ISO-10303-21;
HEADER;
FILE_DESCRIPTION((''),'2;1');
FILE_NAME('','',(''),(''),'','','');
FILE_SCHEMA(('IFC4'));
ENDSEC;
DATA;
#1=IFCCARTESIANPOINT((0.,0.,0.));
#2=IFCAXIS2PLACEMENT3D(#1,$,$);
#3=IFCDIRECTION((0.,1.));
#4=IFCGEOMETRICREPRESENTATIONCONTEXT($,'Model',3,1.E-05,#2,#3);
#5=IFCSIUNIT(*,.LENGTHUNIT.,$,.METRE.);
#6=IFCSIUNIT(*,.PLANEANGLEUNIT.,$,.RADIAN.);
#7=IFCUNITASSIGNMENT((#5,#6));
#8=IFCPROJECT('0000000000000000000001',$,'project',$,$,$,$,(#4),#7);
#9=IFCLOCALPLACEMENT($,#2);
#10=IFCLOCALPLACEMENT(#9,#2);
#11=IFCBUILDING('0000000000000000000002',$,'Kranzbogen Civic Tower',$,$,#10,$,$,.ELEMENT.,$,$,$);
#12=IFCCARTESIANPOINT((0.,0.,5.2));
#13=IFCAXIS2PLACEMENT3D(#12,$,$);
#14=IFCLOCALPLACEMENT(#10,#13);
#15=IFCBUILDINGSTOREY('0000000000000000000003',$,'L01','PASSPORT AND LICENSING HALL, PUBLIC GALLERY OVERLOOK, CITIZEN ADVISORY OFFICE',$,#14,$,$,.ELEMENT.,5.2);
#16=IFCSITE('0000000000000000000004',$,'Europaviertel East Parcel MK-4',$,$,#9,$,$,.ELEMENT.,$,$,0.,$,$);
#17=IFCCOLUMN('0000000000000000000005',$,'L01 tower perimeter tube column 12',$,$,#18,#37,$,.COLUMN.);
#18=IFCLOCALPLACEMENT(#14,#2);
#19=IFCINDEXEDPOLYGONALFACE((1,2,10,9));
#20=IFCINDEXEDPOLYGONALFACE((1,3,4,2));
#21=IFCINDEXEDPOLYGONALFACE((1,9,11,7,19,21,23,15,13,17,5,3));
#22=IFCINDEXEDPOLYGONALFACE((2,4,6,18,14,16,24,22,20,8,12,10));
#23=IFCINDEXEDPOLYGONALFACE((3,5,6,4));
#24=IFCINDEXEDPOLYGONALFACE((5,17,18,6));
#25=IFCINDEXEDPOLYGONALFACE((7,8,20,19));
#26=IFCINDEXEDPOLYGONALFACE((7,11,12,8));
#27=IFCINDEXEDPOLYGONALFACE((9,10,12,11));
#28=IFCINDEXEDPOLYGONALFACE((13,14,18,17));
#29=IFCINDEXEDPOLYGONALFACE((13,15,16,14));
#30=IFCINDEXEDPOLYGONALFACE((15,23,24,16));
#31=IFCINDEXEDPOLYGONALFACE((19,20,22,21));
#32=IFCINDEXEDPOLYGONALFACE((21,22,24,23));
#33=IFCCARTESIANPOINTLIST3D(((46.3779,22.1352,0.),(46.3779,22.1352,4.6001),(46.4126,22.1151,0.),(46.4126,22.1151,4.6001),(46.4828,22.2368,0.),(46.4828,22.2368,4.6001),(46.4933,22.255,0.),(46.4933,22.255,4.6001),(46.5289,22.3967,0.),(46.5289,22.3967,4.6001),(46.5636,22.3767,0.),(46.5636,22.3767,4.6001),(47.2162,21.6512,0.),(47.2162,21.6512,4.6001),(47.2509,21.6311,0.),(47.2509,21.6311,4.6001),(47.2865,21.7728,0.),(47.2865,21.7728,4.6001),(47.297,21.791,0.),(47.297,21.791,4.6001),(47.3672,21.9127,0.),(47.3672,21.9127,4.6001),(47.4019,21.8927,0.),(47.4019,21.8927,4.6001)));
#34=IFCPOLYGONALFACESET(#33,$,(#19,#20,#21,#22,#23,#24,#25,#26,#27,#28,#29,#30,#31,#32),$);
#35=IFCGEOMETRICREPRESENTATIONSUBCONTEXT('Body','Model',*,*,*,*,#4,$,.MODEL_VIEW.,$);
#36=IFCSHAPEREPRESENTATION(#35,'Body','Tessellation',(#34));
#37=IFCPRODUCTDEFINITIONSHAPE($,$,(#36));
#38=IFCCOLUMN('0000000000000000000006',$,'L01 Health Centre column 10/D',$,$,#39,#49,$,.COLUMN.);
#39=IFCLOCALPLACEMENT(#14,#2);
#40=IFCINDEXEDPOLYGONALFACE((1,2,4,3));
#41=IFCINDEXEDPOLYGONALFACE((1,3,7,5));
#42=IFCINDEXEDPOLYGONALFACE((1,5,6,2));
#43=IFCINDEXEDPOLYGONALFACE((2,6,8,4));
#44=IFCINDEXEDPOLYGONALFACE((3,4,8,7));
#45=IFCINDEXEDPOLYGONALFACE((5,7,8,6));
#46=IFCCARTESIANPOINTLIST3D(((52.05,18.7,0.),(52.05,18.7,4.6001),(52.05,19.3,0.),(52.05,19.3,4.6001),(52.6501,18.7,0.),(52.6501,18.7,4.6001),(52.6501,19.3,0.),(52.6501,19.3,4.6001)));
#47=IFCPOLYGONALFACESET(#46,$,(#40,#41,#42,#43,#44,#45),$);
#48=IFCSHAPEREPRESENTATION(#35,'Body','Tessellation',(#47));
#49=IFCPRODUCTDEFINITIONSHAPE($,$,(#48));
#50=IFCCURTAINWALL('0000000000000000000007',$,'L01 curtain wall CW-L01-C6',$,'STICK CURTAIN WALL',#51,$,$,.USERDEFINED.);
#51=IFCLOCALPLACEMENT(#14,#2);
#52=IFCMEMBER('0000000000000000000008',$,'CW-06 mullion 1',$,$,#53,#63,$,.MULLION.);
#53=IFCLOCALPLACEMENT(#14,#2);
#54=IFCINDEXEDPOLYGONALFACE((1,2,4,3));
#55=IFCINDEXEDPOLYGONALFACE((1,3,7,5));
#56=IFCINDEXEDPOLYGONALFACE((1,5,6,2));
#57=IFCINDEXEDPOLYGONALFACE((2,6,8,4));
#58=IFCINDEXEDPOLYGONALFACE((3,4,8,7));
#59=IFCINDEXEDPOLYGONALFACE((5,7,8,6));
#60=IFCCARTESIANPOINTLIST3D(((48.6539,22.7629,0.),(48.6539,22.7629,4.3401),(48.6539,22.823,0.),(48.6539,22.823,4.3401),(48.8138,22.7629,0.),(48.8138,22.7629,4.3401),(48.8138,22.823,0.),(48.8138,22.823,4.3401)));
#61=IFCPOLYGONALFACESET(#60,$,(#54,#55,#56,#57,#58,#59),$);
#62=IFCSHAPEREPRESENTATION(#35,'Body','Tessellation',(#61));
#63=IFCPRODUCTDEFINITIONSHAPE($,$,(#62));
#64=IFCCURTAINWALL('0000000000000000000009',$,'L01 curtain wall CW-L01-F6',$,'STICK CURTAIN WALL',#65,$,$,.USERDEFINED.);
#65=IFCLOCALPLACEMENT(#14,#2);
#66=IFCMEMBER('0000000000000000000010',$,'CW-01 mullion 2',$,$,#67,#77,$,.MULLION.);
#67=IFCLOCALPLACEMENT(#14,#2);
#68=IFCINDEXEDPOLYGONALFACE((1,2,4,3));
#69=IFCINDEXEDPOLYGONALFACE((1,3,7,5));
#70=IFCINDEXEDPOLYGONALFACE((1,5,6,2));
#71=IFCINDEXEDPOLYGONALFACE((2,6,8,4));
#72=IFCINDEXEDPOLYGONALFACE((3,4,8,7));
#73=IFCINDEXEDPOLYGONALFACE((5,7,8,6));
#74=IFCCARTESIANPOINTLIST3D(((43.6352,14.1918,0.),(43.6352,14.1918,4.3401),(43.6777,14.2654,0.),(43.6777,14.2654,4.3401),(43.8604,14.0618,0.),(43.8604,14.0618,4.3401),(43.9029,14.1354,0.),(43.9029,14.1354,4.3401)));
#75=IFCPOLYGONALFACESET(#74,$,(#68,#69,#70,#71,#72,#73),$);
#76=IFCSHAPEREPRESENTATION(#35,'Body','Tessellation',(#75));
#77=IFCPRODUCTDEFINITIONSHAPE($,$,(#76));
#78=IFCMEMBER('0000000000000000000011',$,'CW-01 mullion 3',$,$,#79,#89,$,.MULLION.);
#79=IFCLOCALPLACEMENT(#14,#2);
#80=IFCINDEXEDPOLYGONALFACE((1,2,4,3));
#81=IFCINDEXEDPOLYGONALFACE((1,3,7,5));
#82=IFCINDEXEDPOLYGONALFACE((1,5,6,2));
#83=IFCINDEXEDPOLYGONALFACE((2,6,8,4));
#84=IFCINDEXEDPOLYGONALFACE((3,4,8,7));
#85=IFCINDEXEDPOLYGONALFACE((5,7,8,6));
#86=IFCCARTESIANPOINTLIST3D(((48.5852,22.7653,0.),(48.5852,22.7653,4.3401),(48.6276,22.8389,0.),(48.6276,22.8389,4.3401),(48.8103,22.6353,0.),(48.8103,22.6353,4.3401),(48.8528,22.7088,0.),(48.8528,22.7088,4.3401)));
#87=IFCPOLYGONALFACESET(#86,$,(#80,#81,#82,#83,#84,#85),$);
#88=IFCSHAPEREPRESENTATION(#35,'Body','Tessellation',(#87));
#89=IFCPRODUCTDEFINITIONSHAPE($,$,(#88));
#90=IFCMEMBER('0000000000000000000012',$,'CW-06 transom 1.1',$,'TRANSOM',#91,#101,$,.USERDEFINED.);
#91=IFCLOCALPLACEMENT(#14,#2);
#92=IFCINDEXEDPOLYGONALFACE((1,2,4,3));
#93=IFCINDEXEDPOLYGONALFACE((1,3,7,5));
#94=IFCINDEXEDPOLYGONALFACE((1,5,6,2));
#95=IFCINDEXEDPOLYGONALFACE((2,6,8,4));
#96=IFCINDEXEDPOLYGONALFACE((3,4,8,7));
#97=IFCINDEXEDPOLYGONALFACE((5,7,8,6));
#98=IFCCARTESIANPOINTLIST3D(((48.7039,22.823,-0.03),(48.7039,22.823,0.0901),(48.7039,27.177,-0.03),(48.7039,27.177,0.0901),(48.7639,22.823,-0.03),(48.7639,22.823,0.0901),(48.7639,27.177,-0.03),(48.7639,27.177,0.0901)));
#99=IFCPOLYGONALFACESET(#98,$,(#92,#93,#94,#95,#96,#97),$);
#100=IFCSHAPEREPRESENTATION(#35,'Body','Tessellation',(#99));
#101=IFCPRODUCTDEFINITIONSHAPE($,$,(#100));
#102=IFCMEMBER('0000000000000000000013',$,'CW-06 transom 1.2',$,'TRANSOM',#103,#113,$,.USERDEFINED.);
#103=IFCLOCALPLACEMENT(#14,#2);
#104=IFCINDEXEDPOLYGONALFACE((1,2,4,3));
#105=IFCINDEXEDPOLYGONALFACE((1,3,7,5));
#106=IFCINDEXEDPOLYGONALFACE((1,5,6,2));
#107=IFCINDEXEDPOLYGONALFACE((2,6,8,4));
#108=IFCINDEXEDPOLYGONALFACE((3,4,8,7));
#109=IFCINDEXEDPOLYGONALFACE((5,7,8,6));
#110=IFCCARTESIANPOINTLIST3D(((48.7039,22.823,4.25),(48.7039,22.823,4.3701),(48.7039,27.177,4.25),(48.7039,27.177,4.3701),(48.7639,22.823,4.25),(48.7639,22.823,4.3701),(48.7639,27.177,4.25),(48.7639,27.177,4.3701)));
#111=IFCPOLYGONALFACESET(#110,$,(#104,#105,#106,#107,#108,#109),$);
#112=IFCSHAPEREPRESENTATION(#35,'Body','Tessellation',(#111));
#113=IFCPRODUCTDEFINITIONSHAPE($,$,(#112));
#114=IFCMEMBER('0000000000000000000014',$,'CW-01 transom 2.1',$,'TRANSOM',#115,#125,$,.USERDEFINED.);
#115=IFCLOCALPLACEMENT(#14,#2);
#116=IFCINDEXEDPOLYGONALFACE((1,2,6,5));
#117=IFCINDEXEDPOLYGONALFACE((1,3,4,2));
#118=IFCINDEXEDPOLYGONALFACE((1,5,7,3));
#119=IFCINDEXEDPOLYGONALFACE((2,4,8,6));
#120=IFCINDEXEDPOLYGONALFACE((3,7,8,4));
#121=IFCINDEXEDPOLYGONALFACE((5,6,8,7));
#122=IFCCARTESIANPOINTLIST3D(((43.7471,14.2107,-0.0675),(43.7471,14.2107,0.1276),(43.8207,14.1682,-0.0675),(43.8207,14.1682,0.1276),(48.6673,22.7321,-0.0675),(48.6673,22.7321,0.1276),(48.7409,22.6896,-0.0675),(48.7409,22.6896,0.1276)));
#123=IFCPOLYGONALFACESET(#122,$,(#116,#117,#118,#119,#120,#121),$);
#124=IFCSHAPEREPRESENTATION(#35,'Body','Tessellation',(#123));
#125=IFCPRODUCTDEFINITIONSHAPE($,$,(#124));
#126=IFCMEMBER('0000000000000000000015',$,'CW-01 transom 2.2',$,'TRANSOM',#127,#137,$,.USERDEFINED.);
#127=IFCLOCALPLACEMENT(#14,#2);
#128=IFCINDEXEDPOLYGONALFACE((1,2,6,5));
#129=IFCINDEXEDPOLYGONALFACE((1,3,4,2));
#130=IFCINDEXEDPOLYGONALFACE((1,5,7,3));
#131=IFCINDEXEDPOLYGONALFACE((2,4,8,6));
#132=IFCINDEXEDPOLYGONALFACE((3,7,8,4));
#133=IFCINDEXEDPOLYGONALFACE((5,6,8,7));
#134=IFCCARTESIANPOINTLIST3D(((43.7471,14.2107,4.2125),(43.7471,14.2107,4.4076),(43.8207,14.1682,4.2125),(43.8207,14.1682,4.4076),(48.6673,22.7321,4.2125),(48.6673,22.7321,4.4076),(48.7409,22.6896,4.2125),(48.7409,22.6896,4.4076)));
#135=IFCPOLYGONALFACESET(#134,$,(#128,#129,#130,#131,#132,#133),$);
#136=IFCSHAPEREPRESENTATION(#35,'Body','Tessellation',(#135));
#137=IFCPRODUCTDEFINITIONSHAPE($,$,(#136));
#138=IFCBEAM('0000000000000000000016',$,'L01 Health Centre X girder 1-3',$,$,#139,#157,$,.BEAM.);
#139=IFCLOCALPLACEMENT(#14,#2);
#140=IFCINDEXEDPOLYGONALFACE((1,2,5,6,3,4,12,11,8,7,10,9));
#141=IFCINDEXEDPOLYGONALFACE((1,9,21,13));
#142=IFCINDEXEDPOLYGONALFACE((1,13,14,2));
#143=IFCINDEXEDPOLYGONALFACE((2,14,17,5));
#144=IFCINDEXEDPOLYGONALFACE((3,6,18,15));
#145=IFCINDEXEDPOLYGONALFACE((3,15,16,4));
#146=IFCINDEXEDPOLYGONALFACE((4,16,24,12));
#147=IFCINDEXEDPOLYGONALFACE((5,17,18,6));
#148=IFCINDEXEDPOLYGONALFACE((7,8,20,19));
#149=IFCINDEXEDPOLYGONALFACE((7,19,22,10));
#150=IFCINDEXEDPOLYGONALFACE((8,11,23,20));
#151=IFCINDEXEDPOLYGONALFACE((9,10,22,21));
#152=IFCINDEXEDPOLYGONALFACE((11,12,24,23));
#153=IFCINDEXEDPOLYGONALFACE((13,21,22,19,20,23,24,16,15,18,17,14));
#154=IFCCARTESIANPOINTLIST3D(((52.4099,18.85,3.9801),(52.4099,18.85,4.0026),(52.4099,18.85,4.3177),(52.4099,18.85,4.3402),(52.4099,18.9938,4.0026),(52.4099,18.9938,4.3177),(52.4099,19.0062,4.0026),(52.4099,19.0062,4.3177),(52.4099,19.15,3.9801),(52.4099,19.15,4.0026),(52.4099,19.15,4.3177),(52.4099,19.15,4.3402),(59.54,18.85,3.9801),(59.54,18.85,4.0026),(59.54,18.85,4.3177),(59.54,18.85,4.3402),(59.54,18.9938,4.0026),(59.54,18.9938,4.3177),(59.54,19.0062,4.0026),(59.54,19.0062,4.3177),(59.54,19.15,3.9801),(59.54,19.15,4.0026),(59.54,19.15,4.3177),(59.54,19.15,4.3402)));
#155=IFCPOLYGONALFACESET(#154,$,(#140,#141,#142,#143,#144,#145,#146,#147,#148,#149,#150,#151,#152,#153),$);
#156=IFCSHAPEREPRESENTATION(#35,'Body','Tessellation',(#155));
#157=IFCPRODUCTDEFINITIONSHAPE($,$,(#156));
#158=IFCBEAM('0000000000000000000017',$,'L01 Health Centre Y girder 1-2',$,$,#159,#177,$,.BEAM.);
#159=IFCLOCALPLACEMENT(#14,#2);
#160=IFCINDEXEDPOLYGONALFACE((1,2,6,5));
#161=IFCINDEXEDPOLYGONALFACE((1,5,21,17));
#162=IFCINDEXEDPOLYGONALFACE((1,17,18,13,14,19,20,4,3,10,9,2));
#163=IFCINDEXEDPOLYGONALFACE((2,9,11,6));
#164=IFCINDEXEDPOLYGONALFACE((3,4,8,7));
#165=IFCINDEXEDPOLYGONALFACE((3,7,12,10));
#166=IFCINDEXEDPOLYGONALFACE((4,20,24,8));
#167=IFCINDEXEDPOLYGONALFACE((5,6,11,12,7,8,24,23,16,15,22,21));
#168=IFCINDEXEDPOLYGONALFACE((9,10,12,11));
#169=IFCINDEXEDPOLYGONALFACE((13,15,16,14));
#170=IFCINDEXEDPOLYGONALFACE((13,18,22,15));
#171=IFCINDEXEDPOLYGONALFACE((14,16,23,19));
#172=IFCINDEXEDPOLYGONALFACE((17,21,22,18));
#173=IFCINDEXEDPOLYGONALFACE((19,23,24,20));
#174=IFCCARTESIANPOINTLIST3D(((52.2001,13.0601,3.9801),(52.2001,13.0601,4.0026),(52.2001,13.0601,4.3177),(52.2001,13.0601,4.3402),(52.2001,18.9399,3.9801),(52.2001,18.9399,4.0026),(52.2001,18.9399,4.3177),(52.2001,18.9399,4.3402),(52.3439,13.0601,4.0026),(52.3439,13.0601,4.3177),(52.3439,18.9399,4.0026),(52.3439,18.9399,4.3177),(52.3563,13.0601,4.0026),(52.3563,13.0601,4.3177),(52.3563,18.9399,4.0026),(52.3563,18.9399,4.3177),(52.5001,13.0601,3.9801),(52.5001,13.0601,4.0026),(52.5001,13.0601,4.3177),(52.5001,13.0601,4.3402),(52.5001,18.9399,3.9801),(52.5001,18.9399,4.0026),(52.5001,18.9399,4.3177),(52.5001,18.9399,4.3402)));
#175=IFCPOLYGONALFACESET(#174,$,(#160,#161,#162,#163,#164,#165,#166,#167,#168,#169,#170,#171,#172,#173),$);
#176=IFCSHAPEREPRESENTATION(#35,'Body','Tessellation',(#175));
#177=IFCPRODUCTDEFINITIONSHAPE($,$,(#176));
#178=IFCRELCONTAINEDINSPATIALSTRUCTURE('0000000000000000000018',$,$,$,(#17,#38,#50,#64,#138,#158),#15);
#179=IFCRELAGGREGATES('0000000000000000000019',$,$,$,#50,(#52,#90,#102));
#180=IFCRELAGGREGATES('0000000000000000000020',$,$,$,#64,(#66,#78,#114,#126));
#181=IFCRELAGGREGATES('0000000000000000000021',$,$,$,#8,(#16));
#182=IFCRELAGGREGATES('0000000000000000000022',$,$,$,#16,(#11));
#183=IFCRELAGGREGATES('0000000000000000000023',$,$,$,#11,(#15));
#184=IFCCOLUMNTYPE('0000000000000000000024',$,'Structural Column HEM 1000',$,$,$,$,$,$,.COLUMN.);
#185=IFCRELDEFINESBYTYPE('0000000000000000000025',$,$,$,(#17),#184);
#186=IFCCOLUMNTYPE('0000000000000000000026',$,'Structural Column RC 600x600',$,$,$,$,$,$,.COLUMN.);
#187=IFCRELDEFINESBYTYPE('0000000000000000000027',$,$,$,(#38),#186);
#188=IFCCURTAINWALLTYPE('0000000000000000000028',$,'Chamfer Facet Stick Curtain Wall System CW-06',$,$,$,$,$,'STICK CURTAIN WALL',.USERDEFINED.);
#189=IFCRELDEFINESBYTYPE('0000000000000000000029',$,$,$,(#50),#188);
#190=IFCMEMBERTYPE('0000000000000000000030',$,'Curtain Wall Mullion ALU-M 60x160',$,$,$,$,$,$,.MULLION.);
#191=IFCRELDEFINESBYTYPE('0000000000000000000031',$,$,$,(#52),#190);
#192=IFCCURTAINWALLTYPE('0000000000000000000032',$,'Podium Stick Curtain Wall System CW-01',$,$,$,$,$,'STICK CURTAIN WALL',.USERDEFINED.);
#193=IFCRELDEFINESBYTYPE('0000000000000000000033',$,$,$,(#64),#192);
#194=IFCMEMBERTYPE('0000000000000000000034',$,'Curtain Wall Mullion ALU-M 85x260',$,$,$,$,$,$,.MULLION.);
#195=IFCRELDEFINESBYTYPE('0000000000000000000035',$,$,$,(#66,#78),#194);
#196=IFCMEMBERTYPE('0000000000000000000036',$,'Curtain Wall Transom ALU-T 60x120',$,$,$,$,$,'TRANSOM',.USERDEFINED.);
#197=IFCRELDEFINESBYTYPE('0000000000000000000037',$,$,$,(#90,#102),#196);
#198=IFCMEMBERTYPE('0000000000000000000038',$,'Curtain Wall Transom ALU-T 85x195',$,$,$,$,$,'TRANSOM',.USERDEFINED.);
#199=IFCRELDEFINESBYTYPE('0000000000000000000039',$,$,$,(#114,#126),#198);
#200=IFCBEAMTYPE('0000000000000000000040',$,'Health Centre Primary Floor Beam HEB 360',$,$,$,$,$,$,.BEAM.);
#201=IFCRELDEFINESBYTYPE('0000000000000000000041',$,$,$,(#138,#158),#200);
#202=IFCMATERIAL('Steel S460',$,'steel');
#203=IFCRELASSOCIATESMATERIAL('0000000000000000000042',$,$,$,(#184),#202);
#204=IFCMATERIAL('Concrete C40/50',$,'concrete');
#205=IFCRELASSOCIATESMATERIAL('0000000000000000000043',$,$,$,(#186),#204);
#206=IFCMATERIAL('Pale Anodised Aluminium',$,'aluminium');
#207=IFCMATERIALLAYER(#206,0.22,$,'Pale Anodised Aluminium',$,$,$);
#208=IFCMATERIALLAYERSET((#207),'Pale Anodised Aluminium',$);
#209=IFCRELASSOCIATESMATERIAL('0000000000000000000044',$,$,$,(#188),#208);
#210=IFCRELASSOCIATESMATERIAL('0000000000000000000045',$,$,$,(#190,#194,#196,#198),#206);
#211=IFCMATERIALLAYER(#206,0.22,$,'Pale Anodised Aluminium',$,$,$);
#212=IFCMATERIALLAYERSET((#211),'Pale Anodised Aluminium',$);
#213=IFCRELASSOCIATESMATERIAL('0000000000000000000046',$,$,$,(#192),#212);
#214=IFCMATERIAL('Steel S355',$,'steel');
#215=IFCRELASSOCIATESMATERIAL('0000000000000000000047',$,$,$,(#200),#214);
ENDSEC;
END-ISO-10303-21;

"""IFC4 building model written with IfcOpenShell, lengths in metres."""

from ifc_helpers import new_model, si_unit, direction, frame, origin, origin_2d, place, context, subcontext, project, spatial, rectangle, i_section, extrude, material, layer, layer_set, material_profile, profile_set, type_object, element, aggregate, save


model = new_model("IFC4")

# Units and contexts
model_context = context("Model", 3, precision=1e-05, world=origin(), true_north=direction((0.0, 1.0)))
body_context = subcontext(model_context, "Body", "Model", "MODEL_VIEW")
ifc_project = project(units=[si_unit("LENGTHUNIT", "METRE"), si_unit("PLANEANGLEUNIT", "RADIAN")], contexts=[model_context])

# Site, building, storey
site_placement = place(None, origin())
site = spatial("IfcSite", under=ifc_project, at=site_placement, Name="Europaviertel East Parcel MK-4", CompositionType="ELEMENT", RefElevation=0.0)
building_placement = place(site_placement, origin())
building = spatial("IfcBuilding", under=site, at=building_placement, Name="Kranzbogen Civic Tower", CompositionType="ELEMENT")
storey_placement = place(building_placement, frame((0.0, 0.0, 5.2)))
storey = spatial("IfcBuildingStorey", under=building, at=storey_placement, Name="L01", Description="PASSPORT AND LICENSING HALL, PUBLIC GALLERY OVERLOOK, CITIZEN ADVISORY OFFICE", CompositionType="ELEMENT", Elevation=5.2)

# Columns
ifc_material_1 = material(Name="Steel S460", Category="steel")
ifc_material_profile_1 = material_profile(ifc_material_1, i_section(OverallWidth=0.302, OverallDepth=1.0081, WebThickness=0.021, FlangeThickness=0.04, at=origin_2d()), Name="HEM 1000")
ifc_profile_set_1 = profile_set([ifc_material_profile_1], Name="Steel S460")
column_type_1 = type_object("IfcColumnType", Name="Structural Column HEM 1000", PredefinedType="COLUMN", material=ifc_profile_set_1)
column_1_placement = place(storey_placement, frame((46.8899, 22.0139, 0.0), z_axis=(0.0, 0.0, 1.0), x_axis=(0.5, 0.866025, 0.0)))
element("IfcColumn", 1, at=column_1_placement, inside=storey, type_object=column_type_1, Name="L01 tower perimeter tube column 12", PredefinedType="COLUMN", context=body_context, shape_type="SweptSolid", body=[
    extrude(i_section(OverallWidth=0.302, OverallDepth=1.0081, WebThickness=0.021, FlangeThickness=0.04, at=origin_2d()), origin(), (0.0, 0.0, 1.0), 4.6001),
])
ifc_material_2 = material(Name="Concrete C40/50", Category="concrete")
ifc_material_profile_2 = material_profile(ifc_material_2, rectangle(XDim=0.6001, YDim=0.6001, at=origin_2d()), Name="RC 600x600")
ifc_profile_set_2 = profile_set([ifc_material_profile_2], Name="Concrete C40/50")
column_type_2 = type_object("IfcColumnType", Name="Structural Column RC 600x600", PredefinedType="COLUMN", material=ifc_profile_set_2)
column_2_placement = place(storey_placement, frame((52.3501, 19.0, 0.0), z_axis=(0.0, 0.0, 1.0), x_axis=(1.0, 0.0, 0.0)))
element("IfcColumn", 2, at=column_2_placement, inside=storey, type_object=column_type_2, Name="L01 Health Centre column 10/D", PredefinedType="COLUMN", context=body_context, shape_type="SweptSolid", body=[
    extrude(rectangle(XDim=0.6001, YDim=0.6001, at=origin_2d()), origin(), (0.0, 0.0, 1.0), 4.6001),
])

# Curtain wall, member
ifc_material_3 = material(Name="Pale Anodised Aluminium", Category="aluminium")
ifc_layer_1 = layer(ifc_material_3, 0.22, Name="Pale Anodised Aluminium")
ifc_layer_set_1 = layer_set([ifc_layer_1], Name="Pale Anodised Aluminium")
curtain_wall_type_1 = type_object("IfcCurtainWallType", Name="Chamfer Facet Stick Curtain Wall System CW-06", ElementType="STICK CURTAIN WALL", PredefinedType="USERDEFINED", material=ifc_layer_set_1)
curtain_wall_1_placement = place(storey_placement, origin())
curtain_wall_1 = element("IfcCurtainWall", 3, at=curtain_wall_1_placement, inside=storey, type_object=curtain_wall_type_1, Name="L01 curtain wall CW-L01-C6", ObjectType="STICK CURTAIN WALL", PredefinedType="USERDEFINED")
ifc_material_profile_3 = material_profile(ifc_material_3, rectangle(XDim=0.0601, YDim=0.1599, at=origin_2d()), Name="ALU-M 60x160")
ifc_profile_set_3 = profile_set([ifc_material_profile_3], Name="Pale Anodised Aluminium")
member_type_1 = type_object("IfcMemberType", Name="Curtain Wall Mullion ALU-M 60x160", PredefinedType="MULLION", material=ifc_profile_set_3)
member_1_placement = place(storey_placement, frame((48.7339, 22.793, 0.0), z_axis=(0.0, 0.0, 1.0), x_axis=(0.0, 1.0, 0.0)))
member_1 = element("IfcMember", 4, at=member_1_placement, type_object=member_type_1, Name="CW-06 mullion 1", PredefinedType="MULLION", context=body_context, shape_type="SweptSolid", body=[
    extrude(rectangle(XDim=0.0601, YDim=0.1599, at=origin_2d()), origin(), (0.0, 0.0, 1.0), 4.3401),
])

# Curtain wall, members
ifc_layer_2 = layer(ifc_material_3, 0.22, Name="Pale Anodised Aluminium")
ifc_layer_set_2 = layer_set([ifc_layer_2], Name="Pale Anodised Aluminium")
curtain_wall_type_2 = type_object("IfcCurtainWallType", Name="Podium Stick Curtain Wall System CW-01", ElementType="STICK CURTAIN WALL", PredefinedType="USERDEFINED", material=ifc_layer_set_2)
curtain_wall_2_placement = place(storey_placement, origin())
curtain_wall_2 = element("IfcCurtainWall", 5, at=curtain_wall_2_placement, inside=storey, type_object=curtain_wall_type_2, Name="L01 curtain wall CW-L01-F6", ObjectType="STICK CURTAIN WALL", PredefinedType="USERDEFINED")
ifc_material_profile_4 = material_profile(ifc_material_3, rectangle(XDim=0.085, YDim=0.26, at=origin_2d()), Name="ALU-M 85x260")
ifc_profile_set_4 = profile_set([ifc_material_profile_4], Name="Pale Anodised Aluminium")
member_type_2 = type_object("IfcMemberType", Name="Curtain Wall Mullion ALU-M 85x260", PredefinedType="MULLION", material=ifc_profile_set_4)
member_2_placement = place(storey_placement, frame((43.769, 14.1636, 0.0), z_axis=(0.0, 0.0, 1.0), x_axis=(0.500006, 0.866022, 0.0)))
member_2 = element("IfcMember", 6, at=member_2_placement, type_object=member_type_2, Name="CW-01 mullion 2", PredefinedType="MULLION", context=body_context, shape_type="SweptSolid", body=[
    extrude(rectangle(XDim=0.085, YDim=0.26, at=origin_2d()), origin(), (0.0, 0.0, 1.0), 4.3401),
])
member_3_placement = place(storey_placement, frame((48.719, 22.7371, 0.0), z_axis=(0.0, 0.0, 1.0), x_axis=(0.500006, 0.866022, 0.0)))
member_3 = element("IfcMember", 7, at=member_3_placement, type_object=member_type_2, Name="CW-01 mullion 3", PredefinedType="MULLION", context=body_context, shape_type="SweptSolid", body=[
    extrude(rectangle(XDim=0.085, YDim=0.26, at=origin_2d()), origin(), (0.0, 0.0, 1.0), 4.3401),
])

# Members
ifc_material_profile_5 = material_profile(ifc_material_3, rectangle(XDim=0.0601, YDim=0.1201, at=origin_2d()), Name="ALU-T 60x120")
ifc_profile_set_5 = profile_set([ifc_material_profile_5], Name="Pale Anodised Aluminium")
member_type_3 = type_object("IfcMemberType", Name="Curtain Wall Transom ALU-T 60x120", ElementType="TRANSOM", PredefinedType="USERDEFINED", material=ifc_profile_set_5)
member_4_placement = place(storey_placement, frame((48.7339, 22.823, 0.03), z_axis=(0.0, 1.0, 0.0), x_axis=(-1.0, 0.0, 0.0)))
member_4 = element("IfcMember", 8, at=member_4_placement, type_object=member_type_3, Name="CW-06 transom 1.1", ObjectType="TRANSOM", PredefinedType="USERDEFINED", context=body_context, shape_type="SweptSolid", body=[
    extrude(rectangle(XDim=0.0601, YDim=0.1201, at=origin_2d()), origin(), (0.0, 0.0, 1.0), 4.354),
])
member_5_placement = place(storey_placement, frame((48.7339, 22.823, 4.3101), z_axis=(0.0, 1.0, 0.0), x_axis=(-1.0, 0.0, 0.0)))
member_5 = element("IfcMember", 9, at=member_5_placement, type_object=member_type_3, Name="CW-06 transom 1.2", ObjectType="TRANSOM", PredefinedType="USERDEFINED", context=body_context, shape_type="SweptSolid", body=[
    extrude(rectangle(XDim=0.0601, YDim=0.1201, at=origin_2d()), origin(), (0.0, 0.0, 1.0), 4.354),
])
aggregate(curtain_wall_1, [member_1, member_4, member_5])
ifc_material_profile_6 = material_profile(ifc_material_3, rectangle(XDim=0.085, YDim=0.1951, at=origin_2d()), Name="ALU-T 85x195")
ifc_profile_set_6 = profile_set([ifc_material_profile_6], Name="Pale Anodised Aluminium")
member_type_4 = type_object("IfcMemberType", Name="Curtain Wall Transom ALU-T 85x195", ElementType="TRANSOM", PredefinedType="USERDEFINED", material=ifc_profile_set_6)
member_6_placement = place(storey_placement, frame((43.7839, 14.1895, 0.03), z_axis=(0.500022, 0.866013, 0.0), x_axis=(-0.866013, 0.500022, 0.0)))
member_6 = element("IfcMember", 10, at=member_6_placement, type_object=member_type_4, Name="CW-01 transom 2.1", ObjectType="TRANSOM", PredefinedType="USERDEFINED", context=body_context, shape_type="SweptSolid", body=[
    extrude(rectangle(XDim=0.085, YDim=0.1951, at=origin_2d()), origin(), (0.0, 0.0, 1.0), 9.8398),
])
member_7_placement = place(storey_placement, frame((43.7839, 14.1895, 4.3101), z_axis=(0.500022, 0.866013, 0.0), x_axis=(-0.866013, 0.500022, 0.0)))
member_7 = element("IfcMember", 11, at=member_7_placement, type_object=member_type_4, Name="CW-01 transom 2.2", ObjectType="TRANSOM", PredefinedType="USERDEFINED", context=body_context, shape_type="SweptSolid", body=[
    extrude(rectangle(XDim=0.085, YDim=0.1951, at=origin_2d()), origin(), (0.0, 0.0, 1.0), 9.8398),
])

# Beams
ifc_material_4 = material(Name="Steel S355", Category="steel")
ifc_material_profile_7 = material_profile(ifc_material_4, i_section(OverallWidth=0.3, OverallDepth=0.3601, WebThickness=0.0125, FlangeThickness=0.0225, at=origin_2d()), Name="HEB 360")
ifc_profile_set_7 = profile_set([ifc_material_profile_7], Name="Steel S355")
beam_type_1 = type_object("IfcBeamType", Name="Health Centre Primary Floor Beam HEB 360", PredefinedType="BEAM", material=ifc_profile_set_7)
beam_1_placement = place(storey_placement, frame((52.4099, 19.0, 4.1602), z_axis=(1.0, 0.0, 0.0), x_axis=(0.0, 1.0, 0.0)))
element("IfcBeam", 12, at=beam_1_placement, inside=storey, type_object=beam_type_1, Name="L01 Health Centre X girder 1-3", PredefinedType="BEAM", context=body_context, shape_type="SweptSolid", body=[
    extrude(i_section(OverallWidth=0.3, OverallDepth=0.3601, WebThickness=0.0125, FlangeThickness=0.0225, at=origin_2d()), origin(), (0.0, 0.0, 1.0), 7.1301),
])
for number, where, z_axis, x_axis, name in (
    (13, (52.3501, 13.0601, 4.1602), (0.0, 1.0, 0.0), (-1.0, 0.0, 0.0), "L01 Health Centre Y girder 1-2"),
):
    element("IfcBeam", number, at=place(storey_placement, frame(where, z_axis=z_axis, x_axis=x_axis)), inside=storey, type_object=beam_type_1, Name=name, PredefinedType="BEAM", context=body_context, shape_type="SweptSolid", body=[
        extrude(i_section(OverallWidth=0.3, OverallDepth=0.3601, WebThickness=0.0125, FlangeThickness=0.0225, at=origin_2d()), origin(), (0.0, 0.0, 1.0), 5.8799),
    ])

aggregate(curtain_wall_2, [member_2, member_3, member_6, member_7])

save(model, "model.ifc")
